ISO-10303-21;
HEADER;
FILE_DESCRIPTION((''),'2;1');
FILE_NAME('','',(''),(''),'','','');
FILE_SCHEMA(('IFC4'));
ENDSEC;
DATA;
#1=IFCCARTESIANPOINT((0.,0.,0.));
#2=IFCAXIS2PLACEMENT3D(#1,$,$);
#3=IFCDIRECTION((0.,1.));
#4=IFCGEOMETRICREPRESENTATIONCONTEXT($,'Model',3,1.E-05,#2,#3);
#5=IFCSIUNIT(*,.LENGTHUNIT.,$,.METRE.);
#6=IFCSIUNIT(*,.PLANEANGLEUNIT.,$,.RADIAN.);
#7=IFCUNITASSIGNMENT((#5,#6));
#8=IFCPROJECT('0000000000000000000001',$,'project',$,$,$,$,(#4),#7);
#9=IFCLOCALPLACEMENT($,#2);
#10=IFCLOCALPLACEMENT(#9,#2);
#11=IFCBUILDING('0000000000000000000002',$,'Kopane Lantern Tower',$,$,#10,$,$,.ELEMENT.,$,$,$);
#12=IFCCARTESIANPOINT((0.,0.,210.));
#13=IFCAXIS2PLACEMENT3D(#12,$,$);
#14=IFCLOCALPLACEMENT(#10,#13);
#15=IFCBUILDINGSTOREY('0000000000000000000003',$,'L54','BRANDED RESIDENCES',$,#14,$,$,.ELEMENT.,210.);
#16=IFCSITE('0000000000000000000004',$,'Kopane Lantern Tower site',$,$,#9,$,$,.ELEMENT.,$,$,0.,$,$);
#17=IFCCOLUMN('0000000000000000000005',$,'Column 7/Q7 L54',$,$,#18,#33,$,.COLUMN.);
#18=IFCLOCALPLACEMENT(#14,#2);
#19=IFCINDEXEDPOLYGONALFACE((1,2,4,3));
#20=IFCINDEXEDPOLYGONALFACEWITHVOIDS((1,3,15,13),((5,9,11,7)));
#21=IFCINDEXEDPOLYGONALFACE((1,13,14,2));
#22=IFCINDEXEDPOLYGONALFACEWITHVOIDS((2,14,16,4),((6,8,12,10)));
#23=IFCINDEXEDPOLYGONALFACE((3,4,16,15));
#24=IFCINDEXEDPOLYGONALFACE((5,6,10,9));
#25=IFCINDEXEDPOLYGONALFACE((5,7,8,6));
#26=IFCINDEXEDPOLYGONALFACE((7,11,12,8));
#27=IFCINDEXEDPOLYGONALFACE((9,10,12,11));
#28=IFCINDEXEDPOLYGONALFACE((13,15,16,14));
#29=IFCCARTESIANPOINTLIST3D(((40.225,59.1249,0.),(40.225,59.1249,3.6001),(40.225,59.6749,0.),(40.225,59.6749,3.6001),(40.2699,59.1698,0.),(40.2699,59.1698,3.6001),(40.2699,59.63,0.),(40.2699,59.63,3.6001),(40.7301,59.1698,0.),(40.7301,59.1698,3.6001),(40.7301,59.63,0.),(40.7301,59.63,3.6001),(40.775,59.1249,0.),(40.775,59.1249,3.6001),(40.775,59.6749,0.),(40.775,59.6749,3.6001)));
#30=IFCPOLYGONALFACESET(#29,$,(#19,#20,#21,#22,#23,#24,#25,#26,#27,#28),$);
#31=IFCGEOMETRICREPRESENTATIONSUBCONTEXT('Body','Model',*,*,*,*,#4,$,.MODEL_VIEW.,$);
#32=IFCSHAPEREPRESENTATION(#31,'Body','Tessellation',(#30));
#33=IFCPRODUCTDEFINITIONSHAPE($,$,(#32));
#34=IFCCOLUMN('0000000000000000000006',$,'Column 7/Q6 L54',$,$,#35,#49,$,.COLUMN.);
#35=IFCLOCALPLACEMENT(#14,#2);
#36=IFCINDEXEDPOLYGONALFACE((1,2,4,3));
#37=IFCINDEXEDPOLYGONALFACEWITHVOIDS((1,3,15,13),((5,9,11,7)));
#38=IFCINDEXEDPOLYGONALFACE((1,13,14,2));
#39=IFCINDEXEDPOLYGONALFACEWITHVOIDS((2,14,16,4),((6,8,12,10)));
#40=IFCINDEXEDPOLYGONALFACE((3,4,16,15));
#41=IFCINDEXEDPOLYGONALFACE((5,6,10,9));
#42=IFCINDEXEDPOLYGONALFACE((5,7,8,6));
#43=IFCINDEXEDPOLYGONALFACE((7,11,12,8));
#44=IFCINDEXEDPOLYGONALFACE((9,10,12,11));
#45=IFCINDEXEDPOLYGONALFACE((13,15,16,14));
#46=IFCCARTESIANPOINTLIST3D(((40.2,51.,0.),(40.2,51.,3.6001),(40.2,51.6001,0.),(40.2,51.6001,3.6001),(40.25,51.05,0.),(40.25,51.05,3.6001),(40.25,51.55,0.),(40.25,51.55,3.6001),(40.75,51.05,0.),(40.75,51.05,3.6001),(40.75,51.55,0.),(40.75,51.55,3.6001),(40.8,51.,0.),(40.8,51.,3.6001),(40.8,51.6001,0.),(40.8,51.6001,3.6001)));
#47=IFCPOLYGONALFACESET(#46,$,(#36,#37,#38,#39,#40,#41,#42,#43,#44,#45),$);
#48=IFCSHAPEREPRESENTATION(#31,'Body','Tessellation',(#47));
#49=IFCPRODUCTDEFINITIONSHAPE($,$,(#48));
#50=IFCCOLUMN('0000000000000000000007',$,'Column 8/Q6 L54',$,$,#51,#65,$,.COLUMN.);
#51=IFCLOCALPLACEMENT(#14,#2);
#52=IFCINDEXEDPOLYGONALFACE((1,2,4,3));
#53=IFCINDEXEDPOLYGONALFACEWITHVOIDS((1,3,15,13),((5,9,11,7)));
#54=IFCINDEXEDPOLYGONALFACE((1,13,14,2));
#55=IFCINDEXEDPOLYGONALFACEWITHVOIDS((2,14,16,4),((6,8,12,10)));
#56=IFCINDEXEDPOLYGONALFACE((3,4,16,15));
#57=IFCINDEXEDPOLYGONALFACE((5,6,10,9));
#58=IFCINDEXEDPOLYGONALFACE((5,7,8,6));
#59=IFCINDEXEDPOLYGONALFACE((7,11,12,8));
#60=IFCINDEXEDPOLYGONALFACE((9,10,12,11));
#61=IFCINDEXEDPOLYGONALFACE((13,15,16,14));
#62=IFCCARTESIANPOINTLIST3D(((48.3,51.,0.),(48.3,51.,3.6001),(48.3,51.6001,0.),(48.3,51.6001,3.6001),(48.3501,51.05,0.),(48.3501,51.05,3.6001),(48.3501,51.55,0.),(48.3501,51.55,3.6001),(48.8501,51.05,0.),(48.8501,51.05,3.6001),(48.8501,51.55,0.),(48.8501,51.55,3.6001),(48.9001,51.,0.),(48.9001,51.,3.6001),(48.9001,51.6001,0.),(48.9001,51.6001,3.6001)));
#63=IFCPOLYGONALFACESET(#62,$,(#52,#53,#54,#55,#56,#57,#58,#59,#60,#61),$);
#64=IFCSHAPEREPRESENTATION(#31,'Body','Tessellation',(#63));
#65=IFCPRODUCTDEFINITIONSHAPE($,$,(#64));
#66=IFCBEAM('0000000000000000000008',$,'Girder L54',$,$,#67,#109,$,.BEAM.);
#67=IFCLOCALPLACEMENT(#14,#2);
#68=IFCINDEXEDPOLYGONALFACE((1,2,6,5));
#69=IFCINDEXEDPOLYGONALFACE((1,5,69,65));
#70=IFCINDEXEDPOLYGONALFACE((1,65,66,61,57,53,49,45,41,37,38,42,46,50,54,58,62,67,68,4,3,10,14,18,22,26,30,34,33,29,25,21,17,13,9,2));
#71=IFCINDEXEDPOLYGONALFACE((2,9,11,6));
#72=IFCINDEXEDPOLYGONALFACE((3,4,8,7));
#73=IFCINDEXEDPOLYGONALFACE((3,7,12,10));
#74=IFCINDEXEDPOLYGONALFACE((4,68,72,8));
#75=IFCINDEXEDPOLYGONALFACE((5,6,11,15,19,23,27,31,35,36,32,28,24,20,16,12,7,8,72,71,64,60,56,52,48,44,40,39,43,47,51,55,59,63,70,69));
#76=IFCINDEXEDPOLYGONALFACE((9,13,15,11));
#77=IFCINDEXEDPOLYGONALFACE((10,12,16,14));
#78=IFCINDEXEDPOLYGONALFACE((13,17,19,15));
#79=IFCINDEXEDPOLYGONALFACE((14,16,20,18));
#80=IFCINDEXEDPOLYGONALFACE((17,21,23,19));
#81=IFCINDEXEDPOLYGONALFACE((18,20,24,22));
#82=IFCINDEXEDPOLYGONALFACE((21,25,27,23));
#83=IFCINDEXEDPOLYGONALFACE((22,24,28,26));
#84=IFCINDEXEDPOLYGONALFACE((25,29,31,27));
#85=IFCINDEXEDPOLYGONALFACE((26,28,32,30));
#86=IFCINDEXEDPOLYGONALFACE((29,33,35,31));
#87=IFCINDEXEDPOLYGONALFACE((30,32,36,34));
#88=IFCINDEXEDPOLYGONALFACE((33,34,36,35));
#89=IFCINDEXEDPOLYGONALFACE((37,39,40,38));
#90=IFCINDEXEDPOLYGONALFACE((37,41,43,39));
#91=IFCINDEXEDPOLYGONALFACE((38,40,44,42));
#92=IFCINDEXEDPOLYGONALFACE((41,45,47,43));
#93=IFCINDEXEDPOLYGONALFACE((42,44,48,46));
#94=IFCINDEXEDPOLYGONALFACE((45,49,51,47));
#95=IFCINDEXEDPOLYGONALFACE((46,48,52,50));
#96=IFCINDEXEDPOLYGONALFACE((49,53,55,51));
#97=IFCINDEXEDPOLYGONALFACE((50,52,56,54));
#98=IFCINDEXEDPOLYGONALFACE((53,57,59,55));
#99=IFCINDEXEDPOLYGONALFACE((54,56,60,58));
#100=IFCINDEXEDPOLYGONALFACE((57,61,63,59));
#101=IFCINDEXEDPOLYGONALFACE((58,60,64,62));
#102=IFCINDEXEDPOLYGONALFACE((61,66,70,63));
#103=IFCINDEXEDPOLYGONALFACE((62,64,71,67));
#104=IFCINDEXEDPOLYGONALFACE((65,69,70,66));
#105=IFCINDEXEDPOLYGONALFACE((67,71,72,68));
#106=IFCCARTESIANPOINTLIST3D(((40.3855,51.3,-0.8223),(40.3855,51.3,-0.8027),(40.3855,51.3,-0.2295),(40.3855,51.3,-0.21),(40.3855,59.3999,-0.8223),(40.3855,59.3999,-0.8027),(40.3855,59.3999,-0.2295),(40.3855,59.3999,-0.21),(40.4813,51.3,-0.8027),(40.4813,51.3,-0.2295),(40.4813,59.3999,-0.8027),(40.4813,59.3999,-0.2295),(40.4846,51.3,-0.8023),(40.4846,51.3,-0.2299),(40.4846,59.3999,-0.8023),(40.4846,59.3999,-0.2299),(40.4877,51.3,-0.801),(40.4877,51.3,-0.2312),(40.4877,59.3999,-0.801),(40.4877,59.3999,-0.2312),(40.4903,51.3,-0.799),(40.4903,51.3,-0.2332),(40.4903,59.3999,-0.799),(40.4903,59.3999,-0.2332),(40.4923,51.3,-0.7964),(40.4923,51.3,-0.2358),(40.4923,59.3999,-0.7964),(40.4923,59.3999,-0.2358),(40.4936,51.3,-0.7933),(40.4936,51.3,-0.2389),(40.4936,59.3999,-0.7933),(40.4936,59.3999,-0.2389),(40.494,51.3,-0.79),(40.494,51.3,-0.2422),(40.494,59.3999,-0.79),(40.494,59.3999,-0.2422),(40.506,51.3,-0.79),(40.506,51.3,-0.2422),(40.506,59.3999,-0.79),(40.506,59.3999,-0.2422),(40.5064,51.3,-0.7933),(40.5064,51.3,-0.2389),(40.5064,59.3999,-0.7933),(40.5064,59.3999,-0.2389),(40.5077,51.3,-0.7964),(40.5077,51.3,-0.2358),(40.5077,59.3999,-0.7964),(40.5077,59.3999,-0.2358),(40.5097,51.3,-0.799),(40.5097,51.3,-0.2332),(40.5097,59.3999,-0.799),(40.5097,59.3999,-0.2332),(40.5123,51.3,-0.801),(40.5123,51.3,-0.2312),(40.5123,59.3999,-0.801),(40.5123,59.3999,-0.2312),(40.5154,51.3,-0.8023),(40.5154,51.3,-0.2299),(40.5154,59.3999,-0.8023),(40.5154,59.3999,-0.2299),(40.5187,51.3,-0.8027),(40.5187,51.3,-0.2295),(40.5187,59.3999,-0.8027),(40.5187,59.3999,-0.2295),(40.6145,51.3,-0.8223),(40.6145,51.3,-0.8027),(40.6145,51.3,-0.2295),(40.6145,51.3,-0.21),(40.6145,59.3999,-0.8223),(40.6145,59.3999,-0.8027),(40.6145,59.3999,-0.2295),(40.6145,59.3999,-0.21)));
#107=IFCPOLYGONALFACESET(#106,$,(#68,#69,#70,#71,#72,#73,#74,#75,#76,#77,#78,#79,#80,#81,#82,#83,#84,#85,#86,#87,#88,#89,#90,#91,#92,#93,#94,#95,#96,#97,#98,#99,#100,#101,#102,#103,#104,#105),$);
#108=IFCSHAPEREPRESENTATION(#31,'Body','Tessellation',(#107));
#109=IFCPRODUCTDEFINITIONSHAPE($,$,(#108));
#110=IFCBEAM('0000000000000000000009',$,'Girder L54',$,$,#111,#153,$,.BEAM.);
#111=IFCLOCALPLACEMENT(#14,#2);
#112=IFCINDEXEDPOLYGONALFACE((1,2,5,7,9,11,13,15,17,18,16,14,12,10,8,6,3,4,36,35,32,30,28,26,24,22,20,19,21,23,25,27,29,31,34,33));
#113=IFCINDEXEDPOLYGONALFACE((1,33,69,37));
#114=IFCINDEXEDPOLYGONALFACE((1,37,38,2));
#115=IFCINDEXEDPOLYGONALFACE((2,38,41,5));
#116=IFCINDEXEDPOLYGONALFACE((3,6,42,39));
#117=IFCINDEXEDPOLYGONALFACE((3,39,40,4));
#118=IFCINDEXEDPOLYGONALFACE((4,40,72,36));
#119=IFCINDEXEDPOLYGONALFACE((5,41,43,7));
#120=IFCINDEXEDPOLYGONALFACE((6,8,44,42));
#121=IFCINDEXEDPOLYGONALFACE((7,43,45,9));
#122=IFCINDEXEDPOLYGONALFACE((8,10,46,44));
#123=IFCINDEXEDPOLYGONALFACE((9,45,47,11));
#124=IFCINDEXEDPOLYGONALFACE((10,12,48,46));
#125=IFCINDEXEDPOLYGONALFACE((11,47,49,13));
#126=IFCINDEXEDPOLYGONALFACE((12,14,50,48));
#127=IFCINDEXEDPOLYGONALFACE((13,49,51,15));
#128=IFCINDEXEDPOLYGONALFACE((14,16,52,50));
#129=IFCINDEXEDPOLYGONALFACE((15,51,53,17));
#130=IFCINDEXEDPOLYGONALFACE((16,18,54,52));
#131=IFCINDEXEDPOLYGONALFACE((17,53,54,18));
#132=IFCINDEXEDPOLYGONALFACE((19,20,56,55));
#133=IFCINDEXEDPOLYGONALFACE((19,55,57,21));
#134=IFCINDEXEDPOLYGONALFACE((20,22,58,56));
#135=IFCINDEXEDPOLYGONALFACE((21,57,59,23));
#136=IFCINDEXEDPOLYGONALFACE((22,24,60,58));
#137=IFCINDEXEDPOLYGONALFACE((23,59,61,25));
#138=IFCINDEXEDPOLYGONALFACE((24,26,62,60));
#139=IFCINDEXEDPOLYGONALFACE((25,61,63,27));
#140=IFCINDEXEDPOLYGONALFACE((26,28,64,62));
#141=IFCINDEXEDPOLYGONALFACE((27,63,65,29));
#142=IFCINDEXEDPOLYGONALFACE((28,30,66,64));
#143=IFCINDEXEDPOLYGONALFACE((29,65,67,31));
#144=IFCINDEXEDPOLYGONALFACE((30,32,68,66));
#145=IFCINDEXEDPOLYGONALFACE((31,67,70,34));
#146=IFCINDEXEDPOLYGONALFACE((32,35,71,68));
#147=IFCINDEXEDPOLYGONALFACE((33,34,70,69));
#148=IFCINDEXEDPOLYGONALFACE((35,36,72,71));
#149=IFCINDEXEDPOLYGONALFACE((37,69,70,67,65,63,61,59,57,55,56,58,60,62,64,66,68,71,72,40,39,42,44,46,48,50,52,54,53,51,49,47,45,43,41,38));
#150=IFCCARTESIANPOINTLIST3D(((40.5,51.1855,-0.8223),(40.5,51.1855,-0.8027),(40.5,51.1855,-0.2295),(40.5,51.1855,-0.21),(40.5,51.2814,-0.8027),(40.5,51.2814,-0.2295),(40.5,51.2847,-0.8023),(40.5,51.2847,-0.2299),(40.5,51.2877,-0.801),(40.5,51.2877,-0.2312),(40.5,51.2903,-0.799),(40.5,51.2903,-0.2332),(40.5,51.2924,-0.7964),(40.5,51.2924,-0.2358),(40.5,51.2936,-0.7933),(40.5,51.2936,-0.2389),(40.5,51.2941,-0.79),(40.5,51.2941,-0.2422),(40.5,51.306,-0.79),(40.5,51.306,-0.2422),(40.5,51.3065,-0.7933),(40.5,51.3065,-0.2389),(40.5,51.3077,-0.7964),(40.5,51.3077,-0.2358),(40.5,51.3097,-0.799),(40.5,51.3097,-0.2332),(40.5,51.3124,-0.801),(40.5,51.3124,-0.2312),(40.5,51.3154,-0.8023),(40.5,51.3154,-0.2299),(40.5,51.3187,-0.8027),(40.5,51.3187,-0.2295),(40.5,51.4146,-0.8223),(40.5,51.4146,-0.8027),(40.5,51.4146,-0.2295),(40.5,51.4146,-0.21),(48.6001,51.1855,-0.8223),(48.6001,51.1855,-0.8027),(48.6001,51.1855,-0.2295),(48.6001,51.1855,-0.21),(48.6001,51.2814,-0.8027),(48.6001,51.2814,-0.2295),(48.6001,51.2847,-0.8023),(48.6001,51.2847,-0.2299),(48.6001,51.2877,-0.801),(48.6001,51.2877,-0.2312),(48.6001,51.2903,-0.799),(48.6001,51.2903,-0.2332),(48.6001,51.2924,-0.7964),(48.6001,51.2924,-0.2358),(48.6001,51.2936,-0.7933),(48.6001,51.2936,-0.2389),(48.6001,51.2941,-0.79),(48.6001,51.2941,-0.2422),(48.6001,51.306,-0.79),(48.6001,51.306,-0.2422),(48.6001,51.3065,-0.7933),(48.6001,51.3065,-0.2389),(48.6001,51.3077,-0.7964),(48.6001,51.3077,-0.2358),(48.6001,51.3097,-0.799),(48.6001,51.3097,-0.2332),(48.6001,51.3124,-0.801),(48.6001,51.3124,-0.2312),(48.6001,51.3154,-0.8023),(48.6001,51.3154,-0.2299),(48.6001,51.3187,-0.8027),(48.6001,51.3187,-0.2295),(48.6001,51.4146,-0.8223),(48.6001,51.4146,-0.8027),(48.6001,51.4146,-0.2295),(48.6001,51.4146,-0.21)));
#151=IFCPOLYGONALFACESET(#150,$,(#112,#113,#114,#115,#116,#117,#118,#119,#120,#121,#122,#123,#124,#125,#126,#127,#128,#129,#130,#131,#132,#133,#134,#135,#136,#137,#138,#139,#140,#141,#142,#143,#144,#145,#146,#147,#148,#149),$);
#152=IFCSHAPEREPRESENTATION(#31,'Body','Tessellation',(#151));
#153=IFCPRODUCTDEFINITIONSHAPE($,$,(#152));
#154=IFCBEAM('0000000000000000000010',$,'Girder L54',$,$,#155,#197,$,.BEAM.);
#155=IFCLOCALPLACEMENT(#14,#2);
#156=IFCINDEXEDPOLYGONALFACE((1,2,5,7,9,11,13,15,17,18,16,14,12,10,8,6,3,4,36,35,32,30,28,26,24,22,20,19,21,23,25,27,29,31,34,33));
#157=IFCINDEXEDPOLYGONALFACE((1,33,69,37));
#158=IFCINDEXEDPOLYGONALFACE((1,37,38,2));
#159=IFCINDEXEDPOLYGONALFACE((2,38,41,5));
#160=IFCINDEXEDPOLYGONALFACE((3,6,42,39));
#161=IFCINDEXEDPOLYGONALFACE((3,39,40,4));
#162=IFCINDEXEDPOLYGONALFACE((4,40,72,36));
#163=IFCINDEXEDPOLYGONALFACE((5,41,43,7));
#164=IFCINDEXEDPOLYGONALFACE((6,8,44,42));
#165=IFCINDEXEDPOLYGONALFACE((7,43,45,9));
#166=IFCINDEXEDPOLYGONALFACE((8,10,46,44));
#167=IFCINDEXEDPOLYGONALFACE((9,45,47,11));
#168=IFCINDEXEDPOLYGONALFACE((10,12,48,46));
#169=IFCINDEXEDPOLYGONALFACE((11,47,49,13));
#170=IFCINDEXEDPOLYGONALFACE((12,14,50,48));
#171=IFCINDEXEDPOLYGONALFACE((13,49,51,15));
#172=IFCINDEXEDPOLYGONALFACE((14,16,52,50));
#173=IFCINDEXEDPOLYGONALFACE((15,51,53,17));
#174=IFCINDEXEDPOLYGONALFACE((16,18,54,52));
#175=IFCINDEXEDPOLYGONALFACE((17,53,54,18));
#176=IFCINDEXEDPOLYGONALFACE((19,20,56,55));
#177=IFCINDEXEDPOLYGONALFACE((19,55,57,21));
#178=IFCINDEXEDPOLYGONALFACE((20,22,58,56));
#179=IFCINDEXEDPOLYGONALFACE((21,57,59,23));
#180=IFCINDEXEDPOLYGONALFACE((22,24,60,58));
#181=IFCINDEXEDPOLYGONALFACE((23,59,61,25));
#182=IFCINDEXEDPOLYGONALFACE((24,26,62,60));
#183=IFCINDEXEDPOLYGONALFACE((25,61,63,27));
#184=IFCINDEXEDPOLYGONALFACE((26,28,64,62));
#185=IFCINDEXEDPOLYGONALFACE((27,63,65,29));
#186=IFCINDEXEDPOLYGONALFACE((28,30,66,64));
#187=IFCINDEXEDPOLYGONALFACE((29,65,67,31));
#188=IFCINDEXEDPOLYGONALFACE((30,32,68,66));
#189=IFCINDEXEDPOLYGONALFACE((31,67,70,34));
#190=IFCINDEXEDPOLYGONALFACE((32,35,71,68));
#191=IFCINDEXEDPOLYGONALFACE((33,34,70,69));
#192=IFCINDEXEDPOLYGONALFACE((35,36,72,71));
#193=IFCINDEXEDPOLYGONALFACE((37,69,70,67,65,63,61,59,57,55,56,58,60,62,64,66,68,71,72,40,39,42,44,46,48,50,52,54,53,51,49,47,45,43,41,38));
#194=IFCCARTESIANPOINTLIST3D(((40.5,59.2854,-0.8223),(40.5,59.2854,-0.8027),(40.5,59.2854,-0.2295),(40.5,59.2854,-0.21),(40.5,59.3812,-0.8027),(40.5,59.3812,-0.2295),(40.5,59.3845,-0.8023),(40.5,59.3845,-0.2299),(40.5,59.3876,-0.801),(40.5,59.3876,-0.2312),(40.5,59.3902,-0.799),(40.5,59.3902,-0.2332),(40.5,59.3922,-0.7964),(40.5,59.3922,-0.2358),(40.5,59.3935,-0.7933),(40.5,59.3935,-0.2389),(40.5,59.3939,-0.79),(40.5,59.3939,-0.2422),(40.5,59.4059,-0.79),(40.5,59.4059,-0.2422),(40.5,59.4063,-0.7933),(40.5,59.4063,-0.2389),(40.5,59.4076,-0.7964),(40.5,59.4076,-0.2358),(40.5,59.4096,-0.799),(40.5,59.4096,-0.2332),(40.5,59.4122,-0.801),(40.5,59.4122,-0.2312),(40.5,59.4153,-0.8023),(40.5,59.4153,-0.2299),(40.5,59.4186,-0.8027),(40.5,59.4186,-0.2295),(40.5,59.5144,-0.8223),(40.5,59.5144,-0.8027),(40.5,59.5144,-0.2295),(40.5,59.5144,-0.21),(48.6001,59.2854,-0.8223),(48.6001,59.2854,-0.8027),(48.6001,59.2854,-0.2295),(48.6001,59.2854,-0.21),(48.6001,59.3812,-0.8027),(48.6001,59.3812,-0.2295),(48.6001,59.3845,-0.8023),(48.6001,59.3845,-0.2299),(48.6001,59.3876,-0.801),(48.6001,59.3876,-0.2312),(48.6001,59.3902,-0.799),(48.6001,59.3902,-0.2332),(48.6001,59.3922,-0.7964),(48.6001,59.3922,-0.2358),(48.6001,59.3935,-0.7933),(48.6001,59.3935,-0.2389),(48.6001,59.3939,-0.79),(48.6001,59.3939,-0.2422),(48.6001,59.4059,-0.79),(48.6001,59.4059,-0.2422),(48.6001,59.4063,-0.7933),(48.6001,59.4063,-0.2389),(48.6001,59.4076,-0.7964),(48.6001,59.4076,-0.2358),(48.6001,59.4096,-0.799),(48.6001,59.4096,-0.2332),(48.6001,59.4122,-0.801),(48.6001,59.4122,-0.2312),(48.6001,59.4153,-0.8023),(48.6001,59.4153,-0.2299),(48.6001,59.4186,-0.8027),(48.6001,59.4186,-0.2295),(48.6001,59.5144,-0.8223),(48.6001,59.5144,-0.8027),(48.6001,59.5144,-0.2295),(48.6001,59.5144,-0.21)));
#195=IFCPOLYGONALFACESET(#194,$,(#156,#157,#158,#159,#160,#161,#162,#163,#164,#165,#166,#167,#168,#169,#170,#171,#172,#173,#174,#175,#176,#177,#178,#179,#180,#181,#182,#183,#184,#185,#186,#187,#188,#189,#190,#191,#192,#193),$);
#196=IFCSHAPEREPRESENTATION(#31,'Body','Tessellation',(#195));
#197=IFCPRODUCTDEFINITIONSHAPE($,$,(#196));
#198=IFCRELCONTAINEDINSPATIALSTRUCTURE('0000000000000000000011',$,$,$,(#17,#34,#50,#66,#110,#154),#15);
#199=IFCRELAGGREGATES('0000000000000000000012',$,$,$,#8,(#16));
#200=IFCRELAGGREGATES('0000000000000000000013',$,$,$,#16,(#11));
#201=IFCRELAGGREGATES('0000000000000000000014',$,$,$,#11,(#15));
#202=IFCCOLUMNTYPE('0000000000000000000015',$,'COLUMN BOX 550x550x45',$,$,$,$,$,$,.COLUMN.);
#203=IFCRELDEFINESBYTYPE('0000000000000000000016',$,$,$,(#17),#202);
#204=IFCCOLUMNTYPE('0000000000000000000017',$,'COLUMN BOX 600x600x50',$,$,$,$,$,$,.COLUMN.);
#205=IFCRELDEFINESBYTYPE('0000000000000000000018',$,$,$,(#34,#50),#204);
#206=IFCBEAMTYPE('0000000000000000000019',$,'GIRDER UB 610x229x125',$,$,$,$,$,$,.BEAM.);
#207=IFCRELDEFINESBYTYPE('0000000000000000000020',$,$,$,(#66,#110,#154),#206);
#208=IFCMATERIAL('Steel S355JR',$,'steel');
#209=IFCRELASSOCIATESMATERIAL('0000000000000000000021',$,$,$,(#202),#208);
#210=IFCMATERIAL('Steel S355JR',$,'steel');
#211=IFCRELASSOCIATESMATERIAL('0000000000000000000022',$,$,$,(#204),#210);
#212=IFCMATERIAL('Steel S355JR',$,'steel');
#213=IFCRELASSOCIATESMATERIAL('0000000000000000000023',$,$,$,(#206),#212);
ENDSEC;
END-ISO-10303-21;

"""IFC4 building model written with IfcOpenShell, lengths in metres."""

from ifc_helpers import new_model, si_unit, direction, frame, origin, origin_2d, place, context, subcontext, project, spatial, hollow_rectangle, i_section, extrude, material, material_profile, profile_set, type_object, element, save


model = new_model("IFC4")

# Units and contexts
model_context = context("Model", 3, precision=1e-05, world=origin(), true_north=direction((0.0, 1.0)))
body_context = subcontext(model_context, "Body", "Model", "MODEL_VIEW")
ifc_project = project(units=[si_unit("LENGTHUNIT", "METRE"), si_unit("PLANEANGLEUNIT", "RADIAN")], contexts=[model_context])

# Site, building, storey
site_placement = place(None, origin())
site = spatial("IfcSite", under=ifc_project, at=site_placement, Name="Kopane Lantern Tower site", CompositionType="ELEMENT", RefElevation=0.0)
building_placement = place(site_placement, origin())
building = spatial("IfcBuilding", under=site, at=building_placement, Name="Kopane Lantern Tower", CompositionType="ELEMENT")
storey_placement = place(building_placement, frame((0.0, 0.0, 210.0)))
storey = spatial("IfcBuildingStorey", under=building, at=storey_placement, Name="L54", Description="BRANDED RESIDENCES", CompositionType="ELEMENT", Elevation=210.0)

# Columns
ifc_material_1 = material(Name="Steel S355JR", Category="steel")
ifc_material_profile_1 = material_profile(ifc_material_1, hollow_rectangle(XDim=0.55, YDim=0.55, WallThickness=0.0449, at=origin_2d()), Name="BOX 550x550x45")
ifc_profile_set_1 = profile_set([ifc_material_profile_1], Name="Steel S355JR")
column_type_1 = type_object("IfcColumnType", Name="COLUMN BOX 550x550x45", PredefinedType="COLUMN", material=ifc_profile_set_1)
column_placement = place(storey_placement, frame((40.5, 59.3999, 0.0), z_axis=(0.0, 0.0, 1.0), x_axis=(1.0, 0.0, 0.0)))
element("IfcColumn", 1, at=column_placement, inside=storey, type_object=column_type_1, Name="Column 7/Q7 L54", PredefinedType="COLUMN", context=body_context, shape_type="SweptSolid", body=[
    extrude(hollow_rectangle(XDim=0.55, YDim=0.55, WallThickness=0.0449, at=origin_2d()), origin(), (0.0, 0.0, 1.0), 3.6001),
])
ifc_material_2 = material(Name="Steel S355JR", Category="steel")
ifc_material_profile_2 = material_profile(ifc_material_2, hollow_rectangle(XDim=0.6001, YDim=0.6001, WallThickness=0.05, at=origin_2d()), Name="BOX 600x600x50")
ifc_profile_set_2 = profile_set([ifc_material_profile_2], Name="Steel S355JR")
column_type_2 = type_object("IfcColumnType", Name="COLUMN BOX 600x600x50", PredefinedType="COLUMN", material=ifc_profile_set_2)
for number, where, z_axis, x_axis, name in (
    (2, (40.5, 51.3, 0.0), (0.0, 0.0, 1.0), (1.0, 0.0, 0.0), "Column 7/Q6 L54"),
    (3, (48.6001, 51.3, 0.0), (0.0, 0.0, 1.0), (1.0, 0.0, 0.0), "Column 8/Q6 L54"),
):
    element("IfcColumn", number, at=place(storey_placement, frame(where, z_axis=z_axis, x_axis=x_axis)), inside=storey, type_object=column_type_2, Name=name, PredefinedType="COLUMN", context=body_context, shape_type="SweptSolid", body=[
        extrude(hollow_rectangle(XDim=0.6001, YDim=0.6001, WallThickness=0.05, at=origin_2d()), origin(), (0.0, 0.0, 1.0), 3.6001),
    ])

# Beams
ifc_material_3 = material(Name="Steel S355JR", Category="steel")
ifc_material_profile_3 = material_profile(ifc_material_3, i_section(OverallWidth=0.229, OverallDepth=0.6123, WebThickness=0.012, FlangeThickness=0.0195, FilletRadius=0.0127, at=origin_2d()), Name="UB 610x229x125")
ifc_profile_set_3 = profile_set([ifc_material_profile_3], Name="Steel S355JR")
beam_type = type_object("IfcBeamType", Name="GIRDER UB 610x229x125", PredefinedType="BEAM", material=ifc_profile_set_3)
beam_placement = place(storey_placement, frame((40.5, 51.3, -0.5161), z_axis=(0.0, 1.0, 0.0), x_axis=(-1.0, 0.0, 0.0)))
element("IfcBeam", 4, at=beam_placement, inside=storey, type_object=beam_type, Name="Girder L54", PredefinedType="BEAM", context=body_context, shape_type="SweptSolid", body=[
    extrude(i_section(OverallWidth=0.229, OverallDepth=0.6123, WebThickness=0.012, FlangeThickness=0.0195, FilletRadius=0.0127, at=origin_2d()), origin(), (0.0, 0.0, 1.0), 8.0999),
])
for number, where, z_axis, x_axis, name in (
    (5, (40.5, 51.3, -0.5161), (1.0, 0.0, 0.0), (0.0, 1.0, 0.0), "Girder L54"),
    (6, (40.5, 59.3999, -0.5161), (1.0, 0.0, 0.0), (0.0, 1.0, 0.0), "Girder L54"),
):
    element("IfcBeam", number, at=place(storey_placement, frame(where, z_axis=z_axis, x_axis=x_axis)), inside=storey, type_object=beam_type, Name=name, PredefinedType="BEAM", context=body_context, shape_type="SweptSolid", body=[
        extrude(i_section(OverallWidth=0.229, OverallDepth=0.6123, WebThickness=0.012, FlangeThickness=0.0195, FilletRadius=0.0127, at=origin_2d()), origin(), (0.0, 0.0, 1.0), 8.1001),
    ])

save(model, "model.ifc")
